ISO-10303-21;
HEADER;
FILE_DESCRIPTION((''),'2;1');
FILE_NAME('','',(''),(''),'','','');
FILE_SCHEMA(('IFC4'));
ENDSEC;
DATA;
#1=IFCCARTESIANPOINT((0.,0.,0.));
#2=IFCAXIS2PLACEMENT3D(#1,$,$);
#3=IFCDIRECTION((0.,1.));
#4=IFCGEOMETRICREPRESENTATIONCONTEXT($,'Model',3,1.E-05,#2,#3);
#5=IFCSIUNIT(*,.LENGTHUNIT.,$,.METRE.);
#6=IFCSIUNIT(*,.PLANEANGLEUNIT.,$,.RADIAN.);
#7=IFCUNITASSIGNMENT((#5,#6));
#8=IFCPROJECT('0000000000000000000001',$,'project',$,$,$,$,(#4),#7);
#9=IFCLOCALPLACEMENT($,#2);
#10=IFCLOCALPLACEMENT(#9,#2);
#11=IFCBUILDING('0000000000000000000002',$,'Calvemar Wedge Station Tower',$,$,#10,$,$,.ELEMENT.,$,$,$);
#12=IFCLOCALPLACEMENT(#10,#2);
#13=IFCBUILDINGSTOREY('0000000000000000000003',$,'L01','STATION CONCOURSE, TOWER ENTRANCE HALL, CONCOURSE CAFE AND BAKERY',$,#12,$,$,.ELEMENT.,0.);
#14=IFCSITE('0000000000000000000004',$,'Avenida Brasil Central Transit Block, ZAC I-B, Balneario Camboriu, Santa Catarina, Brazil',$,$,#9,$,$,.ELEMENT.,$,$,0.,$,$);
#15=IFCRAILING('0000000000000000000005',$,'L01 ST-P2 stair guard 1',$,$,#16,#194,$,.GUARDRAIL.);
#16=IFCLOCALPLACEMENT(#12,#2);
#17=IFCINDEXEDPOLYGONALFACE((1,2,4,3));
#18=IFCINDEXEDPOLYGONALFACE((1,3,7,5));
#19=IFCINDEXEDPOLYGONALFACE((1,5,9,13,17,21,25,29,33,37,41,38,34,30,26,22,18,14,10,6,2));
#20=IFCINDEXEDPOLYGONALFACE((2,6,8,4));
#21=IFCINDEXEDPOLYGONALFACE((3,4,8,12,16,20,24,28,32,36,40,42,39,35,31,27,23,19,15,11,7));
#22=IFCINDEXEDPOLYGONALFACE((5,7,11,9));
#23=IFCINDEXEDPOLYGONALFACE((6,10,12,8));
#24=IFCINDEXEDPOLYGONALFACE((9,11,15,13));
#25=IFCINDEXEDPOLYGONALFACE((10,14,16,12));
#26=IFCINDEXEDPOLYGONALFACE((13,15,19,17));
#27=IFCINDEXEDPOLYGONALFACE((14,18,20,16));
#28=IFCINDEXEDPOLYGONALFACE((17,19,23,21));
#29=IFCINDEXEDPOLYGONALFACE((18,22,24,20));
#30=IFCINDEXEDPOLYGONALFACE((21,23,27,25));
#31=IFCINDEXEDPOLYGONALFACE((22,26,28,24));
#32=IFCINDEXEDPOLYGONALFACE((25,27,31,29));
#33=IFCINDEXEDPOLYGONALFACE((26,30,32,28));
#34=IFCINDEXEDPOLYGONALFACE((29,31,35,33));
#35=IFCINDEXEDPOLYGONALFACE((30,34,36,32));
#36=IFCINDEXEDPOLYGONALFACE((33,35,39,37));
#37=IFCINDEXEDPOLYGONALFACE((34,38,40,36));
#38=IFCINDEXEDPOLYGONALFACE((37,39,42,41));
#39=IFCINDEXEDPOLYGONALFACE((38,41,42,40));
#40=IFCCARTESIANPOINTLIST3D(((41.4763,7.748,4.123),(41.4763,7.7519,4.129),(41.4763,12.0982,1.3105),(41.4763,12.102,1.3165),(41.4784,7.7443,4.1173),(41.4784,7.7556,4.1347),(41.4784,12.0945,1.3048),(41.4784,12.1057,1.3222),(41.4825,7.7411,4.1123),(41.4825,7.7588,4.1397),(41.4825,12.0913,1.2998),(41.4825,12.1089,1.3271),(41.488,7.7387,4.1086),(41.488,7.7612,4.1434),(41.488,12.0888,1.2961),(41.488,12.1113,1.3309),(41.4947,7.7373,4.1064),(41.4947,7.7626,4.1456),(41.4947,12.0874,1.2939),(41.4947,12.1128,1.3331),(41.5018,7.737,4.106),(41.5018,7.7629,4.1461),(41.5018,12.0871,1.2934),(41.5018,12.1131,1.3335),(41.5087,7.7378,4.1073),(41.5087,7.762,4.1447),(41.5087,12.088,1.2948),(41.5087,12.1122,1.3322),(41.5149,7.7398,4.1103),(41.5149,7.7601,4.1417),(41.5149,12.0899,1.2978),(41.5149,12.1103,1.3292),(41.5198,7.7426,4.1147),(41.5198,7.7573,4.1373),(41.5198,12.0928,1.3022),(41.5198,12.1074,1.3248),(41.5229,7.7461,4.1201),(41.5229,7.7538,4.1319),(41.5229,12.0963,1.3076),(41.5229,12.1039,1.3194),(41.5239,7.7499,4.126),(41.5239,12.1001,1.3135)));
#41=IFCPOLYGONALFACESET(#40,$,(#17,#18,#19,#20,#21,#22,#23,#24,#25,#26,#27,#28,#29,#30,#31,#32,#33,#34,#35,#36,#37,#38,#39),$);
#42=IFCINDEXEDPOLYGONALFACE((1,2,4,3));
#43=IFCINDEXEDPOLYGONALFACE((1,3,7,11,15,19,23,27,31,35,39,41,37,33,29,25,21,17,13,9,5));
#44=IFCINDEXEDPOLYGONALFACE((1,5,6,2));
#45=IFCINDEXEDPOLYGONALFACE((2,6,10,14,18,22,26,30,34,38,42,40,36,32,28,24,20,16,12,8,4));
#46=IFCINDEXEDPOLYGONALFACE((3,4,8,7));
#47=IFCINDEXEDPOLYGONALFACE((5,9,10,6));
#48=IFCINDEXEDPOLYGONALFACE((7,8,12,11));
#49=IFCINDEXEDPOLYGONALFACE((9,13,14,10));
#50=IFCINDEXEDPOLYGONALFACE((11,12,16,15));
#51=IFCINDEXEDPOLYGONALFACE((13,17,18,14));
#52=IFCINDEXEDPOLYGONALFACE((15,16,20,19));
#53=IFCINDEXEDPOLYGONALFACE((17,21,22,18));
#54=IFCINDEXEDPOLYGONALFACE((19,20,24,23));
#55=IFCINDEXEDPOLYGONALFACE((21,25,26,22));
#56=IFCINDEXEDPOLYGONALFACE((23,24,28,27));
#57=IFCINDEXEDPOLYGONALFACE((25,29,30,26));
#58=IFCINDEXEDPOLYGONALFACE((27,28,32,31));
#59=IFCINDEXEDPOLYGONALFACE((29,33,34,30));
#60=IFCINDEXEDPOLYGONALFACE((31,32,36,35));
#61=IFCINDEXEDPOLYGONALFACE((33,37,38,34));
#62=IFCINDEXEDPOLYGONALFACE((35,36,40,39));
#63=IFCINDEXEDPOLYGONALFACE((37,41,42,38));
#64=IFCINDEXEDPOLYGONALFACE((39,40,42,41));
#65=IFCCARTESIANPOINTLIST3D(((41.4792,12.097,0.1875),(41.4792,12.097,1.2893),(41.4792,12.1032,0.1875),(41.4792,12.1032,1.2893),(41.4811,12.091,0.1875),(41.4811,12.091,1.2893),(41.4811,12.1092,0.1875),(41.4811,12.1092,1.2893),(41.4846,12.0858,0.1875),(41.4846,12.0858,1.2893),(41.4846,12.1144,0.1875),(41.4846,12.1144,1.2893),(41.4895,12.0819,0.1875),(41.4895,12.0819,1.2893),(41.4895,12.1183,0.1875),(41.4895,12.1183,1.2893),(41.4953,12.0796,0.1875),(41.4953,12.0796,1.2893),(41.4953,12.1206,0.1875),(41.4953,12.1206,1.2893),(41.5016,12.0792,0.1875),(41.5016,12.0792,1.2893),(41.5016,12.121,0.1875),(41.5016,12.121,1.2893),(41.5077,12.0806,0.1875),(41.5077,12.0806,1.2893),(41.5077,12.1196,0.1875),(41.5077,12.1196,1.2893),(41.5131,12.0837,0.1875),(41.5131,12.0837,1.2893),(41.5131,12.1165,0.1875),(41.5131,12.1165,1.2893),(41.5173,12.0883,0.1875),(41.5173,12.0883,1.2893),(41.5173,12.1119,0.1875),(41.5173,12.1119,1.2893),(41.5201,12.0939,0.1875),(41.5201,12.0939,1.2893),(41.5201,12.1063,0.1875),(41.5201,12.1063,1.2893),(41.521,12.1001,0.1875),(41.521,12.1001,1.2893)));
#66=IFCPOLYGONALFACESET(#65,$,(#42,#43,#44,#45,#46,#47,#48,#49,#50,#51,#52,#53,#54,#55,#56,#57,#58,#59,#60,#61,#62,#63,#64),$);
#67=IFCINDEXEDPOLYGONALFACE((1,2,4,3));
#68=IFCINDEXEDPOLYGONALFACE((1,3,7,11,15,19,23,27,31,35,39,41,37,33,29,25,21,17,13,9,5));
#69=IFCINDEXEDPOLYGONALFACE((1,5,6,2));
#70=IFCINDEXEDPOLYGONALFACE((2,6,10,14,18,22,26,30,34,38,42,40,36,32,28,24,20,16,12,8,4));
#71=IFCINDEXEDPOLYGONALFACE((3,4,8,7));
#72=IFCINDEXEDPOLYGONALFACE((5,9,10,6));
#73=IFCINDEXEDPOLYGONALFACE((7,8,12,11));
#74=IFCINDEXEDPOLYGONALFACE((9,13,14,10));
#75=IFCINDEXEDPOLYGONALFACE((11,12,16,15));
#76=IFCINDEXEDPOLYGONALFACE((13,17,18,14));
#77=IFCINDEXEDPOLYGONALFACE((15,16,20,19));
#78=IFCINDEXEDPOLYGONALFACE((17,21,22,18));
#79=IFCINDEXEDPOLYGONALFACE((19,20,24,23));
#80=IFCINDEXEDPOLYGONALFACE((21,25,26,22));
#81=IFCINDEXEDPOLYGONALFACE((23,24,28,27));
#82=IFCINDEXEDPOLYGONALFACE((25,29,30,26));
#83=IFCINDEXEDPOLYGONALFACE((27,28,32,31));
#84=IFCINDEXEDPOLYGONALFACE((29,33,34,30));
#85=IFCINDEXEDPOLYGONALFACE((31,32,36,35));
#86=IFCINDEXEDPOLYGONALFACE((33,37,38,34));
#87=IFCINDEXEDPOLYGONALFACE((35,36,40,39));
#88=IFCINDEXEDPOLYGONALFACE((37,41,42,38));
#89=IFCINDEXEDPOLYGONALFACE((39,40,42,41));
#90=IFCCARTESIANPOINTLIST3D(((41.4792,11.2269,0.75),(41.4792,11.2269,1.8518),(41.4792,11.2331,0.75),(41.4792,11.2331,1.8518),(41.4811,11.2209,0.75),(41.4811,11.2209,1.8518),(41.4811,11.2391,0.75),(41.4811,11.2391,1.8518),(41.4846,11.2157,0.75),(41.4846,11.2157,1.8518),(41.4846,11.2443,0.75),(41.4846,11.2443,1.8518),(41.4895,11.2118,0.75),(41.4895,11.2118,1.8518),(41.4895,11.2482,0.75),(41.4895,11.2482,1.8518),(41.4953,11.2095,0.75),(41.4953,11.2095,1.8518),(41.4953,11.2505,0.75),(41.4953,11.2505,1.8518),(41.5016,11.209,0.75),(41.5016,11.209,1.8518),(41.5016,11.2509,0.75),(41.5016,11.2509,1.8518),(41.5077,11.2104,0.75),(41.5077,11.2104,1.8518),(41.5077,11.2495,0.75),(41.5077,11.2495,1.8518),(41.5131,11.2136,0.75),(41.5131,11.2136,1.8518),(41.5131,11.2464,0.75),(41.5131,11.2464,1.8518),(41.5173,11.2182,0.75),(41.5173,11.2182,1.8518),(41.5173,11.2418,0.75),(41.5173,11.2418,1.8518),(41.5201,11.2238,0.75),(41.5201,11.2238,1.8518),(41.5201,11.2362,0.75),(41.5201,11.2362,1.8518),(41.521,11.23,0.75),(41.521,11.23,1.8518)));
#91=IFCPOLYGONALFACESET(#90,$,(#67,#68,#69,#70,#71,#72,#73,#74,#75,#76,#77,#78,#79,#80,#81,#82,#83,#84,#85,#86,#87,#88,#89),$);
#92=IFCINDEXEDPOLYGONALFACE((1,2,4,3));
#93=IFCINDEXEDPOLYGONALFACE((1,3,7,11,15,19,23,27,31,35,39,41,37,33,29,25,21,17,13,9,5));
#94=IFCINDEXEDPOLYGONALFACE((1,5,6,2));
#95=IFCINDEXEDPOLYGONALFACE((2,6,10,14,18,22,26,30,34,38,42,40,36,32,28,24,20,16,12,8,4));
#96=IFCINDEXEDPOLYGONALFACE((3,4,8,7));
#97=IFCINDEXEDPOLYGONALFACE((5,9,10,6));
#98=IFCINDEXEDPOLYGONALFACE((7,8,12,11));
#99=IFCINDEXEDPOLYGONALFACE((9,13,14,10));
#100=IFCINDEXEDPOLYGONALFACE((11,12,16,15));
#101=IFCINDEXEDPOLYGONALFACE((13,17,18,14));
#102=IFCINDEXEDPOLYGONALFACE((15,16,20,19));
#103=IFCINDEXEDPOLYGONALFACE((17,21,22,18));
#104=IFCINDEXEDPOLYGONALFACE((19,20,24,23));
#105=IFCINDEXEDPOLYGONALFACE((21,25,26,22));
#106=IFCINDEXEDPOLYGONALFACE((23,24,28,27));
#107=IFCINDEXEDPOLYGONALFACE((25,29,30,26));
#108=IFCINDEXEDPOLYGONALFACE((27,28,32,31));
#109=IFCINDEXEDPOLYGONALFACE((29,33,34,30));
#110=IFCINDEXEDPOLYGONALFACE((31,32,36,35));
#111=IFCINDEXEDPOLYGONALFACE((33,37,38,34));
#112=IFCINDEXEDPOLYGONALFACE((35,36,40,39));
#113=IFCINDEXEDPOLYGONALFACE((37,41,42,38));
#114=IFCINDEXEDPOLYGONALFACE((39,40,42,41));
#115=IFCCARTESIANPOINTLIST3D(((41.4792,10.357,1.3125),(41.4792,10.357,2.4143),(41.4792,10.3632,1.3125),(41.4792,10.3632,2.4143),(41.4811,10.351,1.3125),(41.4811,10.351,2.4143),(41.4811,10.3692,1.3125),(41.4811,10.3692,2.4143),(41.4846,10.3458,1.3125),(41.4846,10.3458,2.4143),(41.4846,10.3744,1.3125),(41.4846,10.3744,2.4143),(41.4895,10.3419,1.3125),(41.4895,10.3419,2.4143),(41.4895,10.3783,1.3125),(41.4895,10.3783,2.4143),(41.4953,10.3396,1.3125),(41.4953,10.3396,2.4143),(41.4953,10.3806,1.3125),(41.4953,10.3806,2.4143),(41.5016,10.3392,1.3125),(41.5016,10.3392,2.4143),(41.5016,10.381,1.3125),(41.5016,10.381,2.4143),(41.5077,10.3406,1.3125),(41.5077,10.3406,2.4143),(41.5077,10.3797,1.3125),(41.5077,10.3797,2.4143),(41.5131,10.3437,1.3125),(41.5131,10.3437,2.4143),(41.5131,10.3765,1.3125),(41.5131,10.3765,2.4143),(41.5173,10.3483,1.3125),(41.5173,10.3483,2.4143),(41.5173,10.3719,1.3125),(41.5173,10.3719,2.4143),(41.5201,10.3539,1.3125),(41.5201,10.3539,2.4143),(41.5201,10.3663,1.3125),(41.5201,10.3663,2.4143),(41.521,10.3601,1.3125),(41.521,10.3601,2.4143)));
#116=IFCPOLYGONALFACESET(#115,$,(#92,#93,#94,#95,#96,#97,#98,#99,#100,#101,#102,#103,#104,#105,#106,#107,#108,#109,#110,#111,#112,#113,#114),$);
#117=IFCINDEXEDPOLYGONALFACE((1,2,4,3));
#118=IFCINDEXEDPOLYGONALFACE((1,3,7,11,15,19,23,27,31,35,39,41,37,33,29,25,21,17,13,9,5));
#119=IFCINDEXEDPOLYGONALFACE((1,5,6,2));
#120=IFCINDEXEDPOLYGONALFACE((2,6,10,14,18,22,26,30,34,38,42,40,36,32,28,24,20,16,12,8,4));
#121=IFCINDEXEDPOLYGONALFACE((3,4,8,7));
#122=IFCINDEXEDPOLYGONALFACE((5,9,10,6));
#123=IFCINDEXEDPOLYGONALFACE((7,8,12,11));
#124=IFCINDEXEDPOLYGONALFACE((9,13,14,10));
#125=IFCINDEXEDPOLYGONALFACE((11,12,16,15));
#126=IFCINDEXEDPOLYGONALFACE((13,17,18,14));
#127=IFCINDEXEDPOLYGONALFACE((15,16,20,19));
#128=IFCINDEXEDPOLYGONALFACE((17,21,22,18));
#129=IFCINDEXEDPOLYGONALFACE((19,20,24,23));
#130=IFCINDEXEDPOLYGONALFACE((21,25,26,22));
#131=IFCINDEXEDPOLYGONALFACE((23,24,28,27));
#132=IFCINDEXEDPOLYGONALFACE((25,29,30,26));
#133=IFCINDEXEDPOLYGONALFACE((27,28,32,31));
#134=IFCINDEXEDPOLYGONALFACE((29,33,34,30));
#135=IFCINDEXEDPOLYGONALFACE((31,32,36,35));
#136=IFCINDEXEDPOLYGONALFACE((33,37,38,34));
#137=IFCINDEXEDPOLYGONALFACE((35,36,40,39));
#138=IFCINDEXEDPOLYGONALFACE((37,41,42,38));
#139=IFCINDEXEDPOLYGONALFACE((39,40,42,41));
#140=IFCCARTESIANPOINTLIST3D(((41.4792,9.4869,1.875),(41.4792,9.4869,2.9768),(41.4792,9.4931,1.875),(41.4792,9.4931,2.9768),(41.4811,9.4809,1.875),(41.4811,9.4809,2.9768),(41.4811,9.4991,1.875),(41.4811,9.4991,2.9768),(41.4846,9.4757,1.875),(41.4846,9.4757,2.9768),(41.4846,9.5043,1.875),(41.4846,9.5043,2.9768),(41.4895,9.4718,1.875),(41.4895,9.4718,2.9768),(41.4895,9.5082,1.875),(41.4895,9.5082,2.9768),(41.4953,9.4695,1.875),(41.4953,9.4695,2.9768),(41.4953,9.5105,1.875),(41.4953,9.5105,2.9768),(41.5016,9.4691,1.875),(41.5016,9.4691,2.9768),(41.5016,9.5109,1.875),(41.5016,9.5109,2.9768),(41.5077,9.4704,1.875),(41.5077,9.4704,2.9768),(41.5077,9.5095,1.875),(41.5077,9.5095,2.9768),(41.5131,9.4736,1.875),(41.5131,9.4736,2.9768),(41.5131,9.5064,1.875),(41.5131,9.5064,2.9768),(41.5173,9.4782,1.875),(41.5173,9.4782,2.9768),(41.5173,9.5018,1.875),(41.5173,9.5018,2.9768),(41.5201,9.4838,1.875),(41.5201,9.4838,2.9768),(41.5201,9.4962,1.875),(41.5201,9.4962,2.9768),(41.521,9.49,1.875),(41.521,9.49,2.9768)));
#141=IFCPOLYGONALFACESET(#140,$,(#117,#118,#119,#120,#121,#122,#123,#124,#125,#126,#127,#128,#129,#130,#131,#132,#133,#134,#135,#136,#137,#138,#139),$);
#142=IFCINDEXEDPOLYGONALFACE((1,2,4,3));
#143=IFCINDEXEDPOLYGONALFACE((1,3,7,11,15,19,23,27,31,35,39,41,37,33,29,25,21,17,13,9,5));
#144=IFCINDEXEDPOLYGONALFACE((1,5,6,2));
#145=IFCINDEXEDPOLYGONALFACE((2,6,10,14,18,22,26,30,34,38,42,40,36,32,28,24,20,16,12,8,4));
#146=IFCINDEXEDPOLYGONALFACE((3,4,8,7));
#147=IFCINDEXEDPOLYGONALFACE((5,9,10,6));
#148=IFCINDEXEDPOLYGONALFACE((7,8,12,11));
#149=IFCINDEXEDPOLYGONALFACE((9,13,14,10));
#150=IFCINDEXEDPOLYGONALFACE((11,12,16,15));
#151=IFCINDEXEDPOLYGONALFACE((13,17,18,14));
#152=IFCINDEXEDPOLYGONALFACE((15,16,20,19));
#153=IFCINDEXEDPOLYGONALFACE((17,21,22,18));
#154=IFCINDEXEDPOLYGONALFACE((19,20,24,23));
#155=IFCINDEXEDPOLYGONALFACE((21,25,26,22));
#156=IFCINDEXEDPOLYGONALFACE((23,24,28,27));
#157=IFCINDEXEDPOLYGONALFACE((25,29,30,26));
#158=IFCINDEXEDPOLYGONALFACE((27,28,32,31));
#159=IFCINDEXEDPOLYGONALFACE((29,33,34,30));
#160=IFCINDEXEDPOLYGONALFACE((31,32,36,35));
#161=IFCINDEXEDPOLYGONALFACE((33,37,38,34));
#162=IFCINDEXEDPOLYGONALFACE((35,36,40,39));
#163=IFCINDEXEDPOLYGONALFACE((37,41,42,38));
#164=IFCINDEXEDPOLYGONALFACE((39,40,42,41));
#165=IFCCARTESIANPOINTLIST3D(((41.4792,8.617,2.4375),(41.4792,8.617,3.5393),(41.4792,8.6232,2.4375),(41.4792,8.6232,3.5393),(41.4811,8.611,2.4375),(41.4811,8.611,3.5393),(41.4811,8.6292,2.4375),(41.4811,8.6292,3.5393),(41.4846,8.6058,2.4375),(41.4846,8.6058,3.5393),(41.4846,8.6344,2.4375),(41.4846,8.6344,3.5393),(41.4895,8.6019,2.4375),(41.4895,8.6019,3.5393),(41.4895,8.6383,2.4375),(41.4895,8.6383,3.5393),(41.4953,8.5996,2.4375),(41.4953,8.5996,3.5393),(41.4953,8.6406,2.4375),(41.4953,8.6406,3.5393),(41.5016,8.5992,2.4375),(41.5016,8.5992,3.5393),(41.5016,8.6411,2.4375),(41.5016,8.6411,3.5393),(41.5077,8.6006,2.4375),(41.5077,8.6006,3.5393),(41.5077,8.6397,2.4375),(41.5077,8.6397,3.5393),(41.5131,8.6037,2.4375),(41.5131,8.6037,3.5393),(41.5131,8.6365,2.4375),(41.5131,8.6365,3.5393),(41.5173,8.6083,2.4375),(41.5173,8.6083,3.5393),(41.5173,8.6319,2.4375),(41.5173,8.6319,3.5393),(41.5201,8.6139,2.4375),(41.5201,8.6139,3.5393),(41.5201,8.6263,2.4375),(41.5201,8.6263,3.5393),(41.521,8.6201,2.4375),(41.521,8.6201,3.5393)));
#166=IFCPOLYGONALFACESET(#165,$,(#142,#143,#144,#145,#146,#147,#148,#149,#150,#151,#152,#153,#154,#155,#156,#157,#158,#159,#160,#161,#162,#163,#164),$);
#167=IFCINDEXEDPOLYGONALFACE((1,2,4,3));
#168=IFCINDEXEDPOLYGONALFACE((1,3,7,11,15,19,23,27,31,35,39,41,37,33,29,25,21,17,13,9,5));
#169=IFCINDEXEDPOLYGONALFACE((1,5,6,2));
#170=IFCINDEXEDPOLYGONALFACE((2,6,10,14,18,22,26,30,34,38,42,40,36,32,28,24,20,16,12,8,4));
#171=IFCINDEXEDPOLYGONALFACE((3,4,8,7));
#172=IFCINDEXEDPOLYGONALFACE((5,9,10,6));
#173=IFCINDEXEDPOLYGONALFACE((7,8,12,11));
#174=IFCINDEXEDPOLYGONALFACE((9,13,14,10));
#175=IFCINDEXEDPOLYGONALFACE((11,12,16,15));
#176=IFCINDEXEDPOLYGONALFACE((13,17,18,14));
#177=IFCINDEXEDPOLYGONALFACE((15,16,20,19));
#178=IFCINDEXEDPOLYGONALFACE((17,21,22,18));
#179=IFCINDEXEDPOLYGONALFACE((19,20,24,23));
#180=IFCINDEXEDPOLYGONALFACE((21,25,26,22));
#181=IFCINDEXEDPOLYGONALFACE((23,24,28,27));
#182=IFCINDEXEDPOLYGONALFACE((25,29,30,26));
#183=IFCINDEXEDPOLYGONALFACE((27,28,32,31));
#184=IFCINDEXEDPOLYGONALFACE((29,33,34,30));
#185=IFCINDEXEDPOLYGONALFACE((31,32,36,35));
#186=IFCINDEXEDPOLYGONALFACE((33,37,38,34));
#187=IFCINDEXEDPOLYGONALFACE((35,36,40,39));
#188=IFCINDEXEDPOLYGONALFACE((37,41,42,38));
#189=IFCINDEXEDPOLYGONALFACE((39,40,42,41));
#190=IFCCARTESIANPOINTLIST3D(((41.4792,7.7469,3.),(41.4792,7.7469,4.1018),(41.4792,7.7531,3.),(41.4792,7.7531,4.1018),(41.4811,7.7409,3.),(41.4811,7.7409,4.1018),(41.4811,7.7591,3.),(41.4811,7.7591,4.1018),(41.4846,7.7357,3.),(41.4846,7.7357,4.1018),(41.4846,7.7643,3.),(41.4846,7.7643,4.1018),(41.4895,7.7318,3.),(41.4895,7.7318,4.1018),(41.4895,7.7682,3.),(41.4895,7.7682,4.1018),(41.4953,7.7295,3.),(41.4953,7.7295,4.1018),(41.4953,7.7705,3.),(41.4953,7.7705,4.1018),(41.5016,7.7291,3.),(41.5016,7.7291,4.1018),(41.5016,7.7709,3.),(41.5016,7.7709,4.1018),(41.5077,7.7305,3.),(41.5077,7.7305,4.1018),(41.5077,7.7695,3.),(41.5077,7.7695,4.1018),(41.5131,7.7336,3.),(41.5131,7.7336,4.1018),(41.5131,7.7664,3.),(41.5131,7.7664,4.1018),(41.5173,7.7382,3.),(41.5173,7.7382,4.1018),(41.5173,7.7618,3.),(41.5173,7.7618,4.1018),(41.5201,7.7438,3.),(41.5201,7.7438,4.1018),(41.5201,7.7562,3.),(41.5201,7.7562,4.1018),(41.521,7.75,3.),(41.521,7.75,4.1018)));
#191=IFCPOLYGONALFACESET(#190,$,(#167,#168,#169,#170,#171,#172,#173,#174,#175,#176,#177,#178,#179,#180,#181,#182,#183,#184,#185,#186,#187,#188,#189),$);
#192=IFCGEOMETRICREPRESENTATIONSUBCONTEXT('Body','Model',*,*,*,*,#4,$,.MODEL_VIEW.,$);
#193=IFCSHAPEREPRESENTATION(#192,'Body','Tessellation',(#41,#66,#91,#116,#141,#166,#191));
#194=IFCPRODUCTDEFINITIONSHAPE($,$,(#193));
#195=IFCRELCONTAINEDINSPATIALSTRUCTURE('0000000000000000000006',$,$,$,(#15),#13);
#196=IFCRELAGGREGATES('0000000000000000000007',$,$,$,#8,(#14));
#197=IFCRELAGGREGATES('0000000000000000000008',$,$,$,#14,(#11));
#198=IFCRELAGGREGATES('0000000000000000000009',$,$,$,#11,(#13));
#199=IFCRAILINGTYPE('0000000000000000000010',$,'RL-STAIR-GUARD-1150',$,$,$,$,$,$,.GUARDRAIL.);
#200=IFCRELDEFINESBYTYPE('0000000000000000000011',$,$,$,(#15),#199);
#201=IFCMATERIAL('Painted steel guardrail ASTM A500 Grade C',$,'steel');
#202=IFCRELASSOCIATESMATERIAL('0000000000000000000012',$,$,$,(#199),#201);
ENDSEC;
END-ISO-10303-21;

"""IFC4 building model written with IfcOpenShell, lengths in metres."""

from ifc_helpers import new_model, si_unit, direction, frame, origin, origin_2d, place, context, subcontext, project, spatial, circle, extrude, material, type_object, element, save


model = new_model("IFC4")

# Units and contexts
model_context = context("Model", 3, precision=1e-05, world=origin(), true_north=direction((0.0, 1.0)))
body_context = subcontext(model_context, "Body", "Model", "MODEL_VIEW")
ifc_project = project(units=[si_unit("LENGTHUNIT", "METRE"), si_unit("PLANEANGLEUNIT", "RADIAN")], contexts=[model_context])

# Site, building, storey
site_placement = place(None, origin())
site = spatial("IfcSite", under=ifc_project, at=site_placement, Name="Avenida Brasil Central Transit Block, ZAC I-B, Balneario Camboriu, Santa Catarina, Brazil", CompositionType="ELEMENT", RefElevation=0.0)
building_placement = place(site_placement, origin())
building = spatial("IfcBuilding", under=site, at=building_placement, Name="Calvemar Wedge Station Tower", CompositionType="ELEMENT")
storey_placement = place(building_placement, origin())
storey = spatial("IfcBuildingStorey", under=building, at=storey_placement, Name="L01", Description="STATION CONCOURSE, TOWER ENTRANCE HALL, CONCOURSE CAFE AND BAKERY", CompositionType="ELEMENT", Elevation=0.0)

# Railing
ifc_material_1 = material(Name="Painted steel guardrail ASTM A500 Grade C", Category="steel")
railing_type_1 = type_object("IfcRailingType", Name="RL-STAIR-GUARD-1150", PredefinedType="GUARDRAIL", material=ifc_material_1)
railing_1_placement = place(storey_placement, frame((41.5, 12.1001, 0.1875)))
element("IfcRailing", 1, at=railing_1_placement, inside=storey, type_object=railing_type_1, Name="L01 ST-P2 stair guard 1", PredefinedType="GUARDRAIL", context=body_context, shape_type="SweptSolid", body=[
    extrude(circle(Radius=0.0239, at=origin_2d()), frame((0.0, 0.0, 1.126), z_axis=(0.0, -0.83977, 0.542942), x_axis=(1.0, 0.0, 0.0)), (0.0, 0.0, 1.0), 5.1802),
    extrude(circle(Radius=0.021, at=origin_2d()), origin(), (0.0, 0.0, 1.0), 1.1018),
    extrude(circle(Radius=0.021, at=origin_2d()), frame((0.0, -0.8701, 0.5625)), (0.0, 0.0, 1.0), 1.1018),
    extrude(circle(Radius=0.021, at=origin_2d()), frame((0.0, -1.74, 1.125)), (0.0, 0.0, 1.0), 1.1018),
    extrude(circle(Radius=0.021, at=origin_2d()), frame((0.0, -2.6101, 1.6875)), (0.0, 0.0, 1.0), 1.1018),
    extrude(circle(Radius=0.021, at=origin_2d()), frame((0.0, -3.48, 2.25)), (0.0, 0.0, 1.0), 1.1018),
    extrude(circle(Radius=0.021, at=origin_2d()), frame((0.0, -4.3501, 2.8125)), (0.0, 0.0, 1.0), 1.1018),
])

save(model, "model.ifc")
